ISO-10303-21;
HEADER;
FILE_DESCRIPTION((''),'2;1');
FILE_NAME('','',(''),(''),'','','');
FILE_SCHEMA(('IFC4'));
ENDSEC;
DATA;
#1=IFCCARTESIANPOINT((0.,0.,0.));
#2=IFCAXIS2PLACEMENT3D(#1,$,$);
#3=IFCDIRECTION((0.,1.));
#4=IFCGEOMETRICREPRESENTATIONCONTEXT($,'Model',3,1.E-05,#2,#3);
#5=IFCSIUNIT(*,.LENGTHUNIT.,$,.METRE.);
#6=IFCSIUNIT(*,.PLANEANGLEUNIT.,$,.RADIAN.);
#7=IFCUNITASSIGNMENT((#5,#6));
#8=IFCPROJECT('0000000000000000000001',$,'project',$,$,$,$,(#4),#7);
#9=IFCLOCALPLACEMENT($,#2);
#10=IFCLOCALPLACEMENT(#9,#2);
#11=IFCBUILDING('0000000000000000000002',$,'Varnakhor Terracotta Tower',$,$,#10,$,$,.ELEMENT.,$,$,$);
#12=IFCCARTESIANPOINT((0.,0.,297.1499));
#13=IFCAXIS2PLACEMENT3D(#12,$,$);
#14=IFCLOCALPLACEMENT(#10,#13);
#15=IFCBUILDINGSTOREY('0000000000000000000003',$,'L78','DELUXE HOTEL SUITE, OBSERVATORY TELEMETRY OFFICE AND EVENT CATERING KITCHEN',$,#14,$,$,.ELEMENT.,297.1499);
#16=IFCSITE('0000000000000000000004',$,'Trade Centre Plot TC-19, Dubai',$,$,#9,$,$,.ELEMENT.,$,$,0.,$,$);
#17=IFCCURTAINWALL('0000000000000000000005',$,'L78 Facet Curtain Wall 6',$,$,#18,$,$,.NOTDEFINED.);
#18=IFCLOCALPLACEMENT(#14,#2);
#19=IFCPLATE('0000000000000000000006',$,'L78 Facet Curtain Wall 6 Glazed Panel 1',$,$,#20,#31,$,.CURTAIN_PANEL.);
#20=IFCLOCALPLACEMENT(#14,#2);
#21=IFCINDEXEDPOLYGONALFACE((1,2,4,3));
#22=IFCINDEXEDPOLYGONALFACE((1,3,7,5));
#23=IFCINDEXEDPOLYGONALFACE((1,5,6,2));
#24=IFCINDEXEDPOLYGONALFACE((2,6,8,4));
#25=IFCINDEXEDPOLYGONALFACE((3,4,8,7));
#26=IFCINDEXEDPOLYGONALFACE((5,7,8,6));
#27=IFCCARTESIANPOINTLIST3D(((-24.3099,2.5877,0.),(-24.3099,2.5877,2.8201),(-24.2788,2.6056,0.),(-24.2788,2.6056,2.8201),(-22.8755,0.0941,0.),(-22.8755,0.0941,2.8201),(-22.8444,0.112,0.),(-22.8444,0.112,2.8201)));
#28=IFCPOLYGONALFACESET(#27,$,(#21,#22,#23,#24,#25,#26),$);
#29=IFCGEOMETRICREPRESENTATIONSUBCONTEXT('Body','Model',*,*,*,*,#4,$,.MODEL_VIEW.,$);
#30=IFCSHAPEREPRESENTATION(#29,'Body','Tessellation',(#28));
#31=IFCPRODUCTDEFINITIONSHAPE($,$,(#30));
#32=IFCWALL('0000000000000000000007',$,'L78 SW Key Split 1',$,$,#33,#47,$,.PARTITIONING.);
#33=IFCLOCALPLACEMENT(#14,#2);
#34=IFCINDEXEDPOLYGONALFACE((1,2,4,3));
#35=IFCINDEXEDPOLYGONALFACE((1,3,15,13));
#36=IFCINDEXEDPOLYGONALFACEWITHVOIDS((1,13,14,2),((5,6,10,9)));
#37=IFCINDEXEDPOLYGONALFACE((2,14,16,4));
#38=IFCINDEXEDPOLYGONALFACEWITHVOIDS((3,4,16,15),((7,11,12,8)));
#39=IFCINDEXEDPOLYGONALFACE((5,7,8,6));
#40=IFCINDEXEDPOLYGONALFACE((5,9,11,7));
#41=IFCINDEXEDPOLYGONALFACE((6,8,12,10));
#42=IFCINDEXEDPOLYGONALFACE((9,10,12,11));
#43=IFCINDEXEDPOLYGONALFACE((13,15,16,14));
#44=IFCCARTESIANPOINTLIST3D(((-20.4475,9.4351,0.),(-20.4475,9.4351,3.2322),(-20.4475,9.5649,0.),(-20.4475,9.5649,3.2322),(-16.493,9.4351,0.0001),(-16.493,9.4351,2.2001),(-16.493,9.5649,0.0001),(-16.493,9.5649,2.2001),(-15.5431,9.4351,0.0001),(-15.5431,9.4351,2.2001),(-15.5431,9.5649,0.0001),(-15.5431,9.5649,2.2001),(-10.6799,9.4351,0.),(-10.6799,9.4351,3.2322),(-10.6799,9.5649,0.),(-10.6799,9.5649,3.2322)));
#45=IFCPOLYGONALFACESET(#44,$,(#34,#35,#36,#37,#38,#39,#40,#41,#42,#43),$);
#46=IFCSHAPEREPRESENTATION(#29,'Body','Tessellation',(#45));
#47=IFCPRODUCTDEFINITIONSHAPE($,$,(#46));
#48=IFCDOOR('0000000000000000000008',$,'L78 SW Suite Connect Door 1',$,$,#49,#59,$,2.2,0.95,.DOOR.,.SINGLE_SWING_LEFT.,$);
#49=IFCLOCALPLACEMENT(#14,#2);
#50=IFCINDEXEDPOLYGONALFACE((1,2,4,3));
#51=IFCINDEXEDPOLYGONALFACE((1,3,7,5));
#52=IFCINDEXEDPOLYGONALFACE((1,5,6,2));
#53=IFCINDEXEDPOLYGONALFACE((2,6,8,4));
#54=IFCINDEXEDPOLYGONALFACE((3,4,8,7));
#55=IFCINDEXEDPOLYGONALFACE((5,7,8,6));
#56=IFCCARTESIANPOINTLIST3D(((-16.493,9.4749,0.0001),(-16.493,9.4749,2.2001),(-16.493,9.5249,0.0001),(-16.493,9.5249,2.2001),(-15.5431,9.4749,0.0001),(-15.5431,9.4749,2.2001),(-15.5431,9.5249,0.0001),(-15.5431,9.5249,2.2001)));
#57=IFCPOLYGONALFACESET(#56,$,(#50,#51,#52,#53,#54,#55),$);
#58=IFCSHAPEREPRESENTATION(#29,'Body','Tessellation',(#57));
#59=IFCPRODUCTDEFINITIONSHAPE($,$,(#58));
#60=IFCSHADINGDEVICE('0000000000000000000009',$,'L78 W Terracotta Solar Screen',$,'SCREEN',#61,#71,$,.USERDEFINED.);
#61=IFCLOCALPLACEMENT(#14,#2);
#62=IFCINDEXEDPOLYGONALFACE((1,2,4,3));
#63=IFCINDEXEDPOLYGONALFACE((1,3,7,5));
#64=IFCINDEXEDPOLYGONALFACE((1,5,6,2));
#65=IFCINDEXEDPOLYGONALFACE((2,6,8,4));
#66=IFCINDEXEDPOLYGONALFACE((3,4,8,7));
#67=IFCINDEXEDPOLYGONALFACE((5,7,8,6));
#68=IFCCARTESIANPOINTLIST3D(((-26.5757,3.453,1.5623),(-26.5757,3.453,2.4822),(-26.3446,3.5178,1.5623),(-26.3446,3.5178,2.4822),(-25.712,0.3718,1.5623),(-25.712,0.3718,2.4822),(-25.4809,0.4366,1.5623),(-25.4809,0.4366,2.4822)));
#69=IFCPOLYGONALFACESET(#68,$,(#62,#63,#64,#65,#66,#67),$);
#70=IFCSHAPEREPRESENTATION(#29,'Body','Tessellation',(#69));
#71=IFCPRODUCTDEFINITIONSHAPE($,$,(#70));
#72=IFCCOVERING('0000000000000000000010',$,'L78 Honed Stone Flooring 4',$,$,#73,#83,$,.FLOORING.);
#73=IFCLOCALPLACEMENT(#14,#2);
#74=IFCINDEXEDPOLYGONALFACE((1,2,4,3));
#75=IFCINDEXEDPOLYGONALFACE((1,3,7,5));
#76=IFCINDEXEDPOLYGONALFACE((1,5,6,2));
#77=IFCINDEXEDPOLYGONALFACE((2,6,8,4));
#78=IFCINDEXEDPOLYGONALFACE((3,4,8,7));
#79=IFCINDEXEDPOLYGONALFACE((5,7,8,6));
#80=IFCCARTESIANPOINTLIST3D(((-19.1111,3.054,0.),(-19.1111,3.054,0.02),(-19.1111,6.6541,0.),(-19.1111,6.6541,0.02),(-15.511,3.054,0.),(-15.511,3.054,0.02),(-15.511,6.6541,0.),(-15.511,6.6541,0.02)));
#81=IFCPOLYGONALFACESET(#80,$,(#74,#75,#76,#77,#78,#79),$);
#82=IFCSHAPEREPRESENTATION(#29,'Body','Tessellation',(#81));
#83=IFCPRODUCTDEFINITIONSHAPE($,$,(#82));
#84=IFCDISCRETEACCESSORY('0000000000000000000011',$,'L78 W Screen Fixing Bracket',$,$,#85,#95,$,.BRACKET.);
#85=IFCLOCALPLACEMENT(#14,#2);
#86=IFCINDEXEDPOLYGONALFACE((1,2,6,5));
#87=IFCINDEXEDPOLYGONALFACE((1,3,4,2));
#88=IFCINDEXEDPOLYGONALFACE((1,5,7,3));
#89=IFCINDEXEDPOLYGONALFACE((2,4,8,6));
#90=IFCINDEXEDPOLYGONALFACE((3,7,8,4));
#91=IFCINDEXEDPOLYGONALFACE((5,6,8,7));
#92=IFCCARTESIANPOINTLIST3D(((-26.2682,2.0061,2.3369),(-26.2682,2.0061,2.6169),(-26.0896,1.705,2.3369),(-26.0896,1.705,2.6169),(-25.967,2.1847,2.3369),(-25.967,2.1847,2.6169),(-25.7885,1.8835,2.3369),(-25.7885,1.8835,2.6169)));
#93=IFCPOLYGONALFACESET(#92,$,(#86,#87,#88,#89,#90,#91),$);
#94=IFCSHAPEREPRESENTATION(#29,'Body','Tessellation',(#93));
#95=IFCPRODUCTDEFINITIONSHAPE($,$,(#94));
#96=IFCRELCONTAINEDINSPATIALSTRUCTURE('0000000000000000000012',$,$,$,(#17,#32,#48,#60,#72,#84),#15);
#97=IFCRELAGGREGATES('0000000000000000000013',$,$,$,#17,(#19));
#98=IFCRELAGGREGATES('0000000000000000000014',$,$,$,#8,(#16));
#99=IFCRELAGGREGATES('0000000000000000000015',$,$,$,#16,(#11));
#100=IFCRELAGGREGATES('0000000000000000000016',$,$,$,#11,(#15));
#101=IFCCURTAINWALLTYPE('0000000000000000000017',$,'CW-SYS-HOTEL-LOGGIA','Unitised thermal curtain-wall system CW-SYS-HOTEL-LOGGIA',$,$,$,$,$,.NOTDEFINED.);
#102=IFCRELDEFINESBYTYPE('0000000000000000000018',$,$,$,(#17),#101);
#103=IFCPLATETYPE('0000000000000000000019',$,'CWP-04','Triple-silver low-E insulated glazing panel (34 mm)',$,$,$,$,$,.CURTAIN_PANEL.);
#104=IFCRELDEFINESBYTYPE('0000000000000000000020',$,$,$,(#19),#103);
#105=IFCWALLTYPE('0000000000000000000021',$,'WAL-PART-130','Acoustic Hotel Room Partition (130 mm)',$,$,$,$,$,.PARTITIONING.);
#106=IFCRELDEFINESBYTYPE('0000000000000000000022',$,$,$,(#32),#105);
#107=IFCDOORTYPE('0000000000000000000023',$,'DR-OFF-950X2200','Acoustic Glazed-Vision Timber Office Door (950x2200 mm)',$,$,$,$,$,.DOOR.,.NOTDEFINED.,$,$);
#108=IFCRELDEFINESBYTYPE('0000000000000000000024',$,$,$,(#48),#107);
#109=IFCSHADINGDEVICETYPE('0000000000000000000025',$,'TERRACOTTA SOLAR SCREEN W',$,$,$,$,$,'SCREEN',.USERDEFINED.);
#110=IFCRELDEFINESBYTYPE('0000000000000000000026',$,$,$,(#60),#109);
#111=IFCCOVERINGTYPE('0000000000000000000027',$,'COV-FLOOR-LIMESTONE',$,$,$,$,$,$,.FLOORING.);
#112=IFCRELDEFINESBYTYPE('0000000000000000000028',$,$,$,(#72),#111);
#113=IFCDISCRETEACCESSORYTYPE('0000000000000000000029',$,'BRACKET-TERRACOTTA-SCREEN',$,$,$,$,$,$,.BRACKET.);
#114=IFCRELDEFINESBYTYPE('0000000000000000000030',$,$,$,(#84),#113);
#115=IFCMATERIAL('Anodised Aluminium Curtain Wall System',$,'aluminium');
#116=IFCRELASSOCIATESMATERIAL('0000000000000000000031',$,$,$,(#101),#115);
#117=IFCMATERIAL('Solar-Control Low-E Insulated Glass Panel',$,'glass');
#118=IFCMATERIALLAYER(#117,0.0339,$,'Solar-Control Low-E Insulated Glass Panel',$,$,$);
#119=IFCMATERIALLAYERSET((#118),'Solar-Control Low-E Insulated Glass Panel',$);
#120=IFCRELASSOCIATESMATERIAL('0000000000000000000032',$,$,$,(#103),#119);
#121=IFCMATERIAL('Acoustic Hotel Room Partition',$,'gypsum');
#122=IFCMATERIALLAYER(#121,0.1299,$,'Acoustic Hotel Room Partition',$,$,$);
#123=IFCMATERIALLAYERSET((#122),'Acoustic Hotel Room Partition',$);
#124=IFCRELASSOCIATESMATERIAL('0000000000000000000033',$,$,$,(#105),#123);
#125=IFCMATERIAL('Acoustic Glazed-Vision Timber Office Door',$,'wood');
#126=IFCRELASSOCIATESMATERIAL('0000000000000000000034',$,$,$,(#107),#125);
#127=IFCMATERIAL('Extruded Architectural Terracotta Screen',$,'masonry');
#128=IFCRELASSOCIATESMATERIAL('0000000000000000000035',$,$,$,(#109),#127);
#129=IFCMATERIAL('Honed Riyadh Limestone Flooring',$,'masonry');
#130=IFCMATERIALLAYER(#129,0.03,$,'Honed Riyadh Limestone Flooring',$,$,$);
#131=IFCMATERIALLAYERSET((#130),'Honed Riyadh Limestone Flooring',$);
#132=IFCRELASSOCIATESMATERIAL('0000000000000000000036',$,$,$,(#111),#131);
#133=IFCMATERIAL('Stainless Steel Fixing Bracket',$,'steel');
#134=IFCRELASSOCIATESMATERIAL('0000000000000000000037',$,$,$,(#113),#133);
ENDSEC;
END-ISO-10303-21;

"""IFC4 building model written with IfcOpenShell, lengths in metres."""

from ifc_helpers import new_model, si_unit, direction, frame, frame_2d, origin, origin_2d, place, context, subcontext, project, spatial, rectangle, extrude, source, transform, mapped, material, layer, layer_set, type_object, type_shapes, element, fill, aggregate, save


model = new_model("IFC4")

# Units and contexts
model_context = context("Model", 3, precision=1e-05, world=origin(), true_north=direction((0.0, 1.0)))
body_context = subcontext(model_context, "Body", "Model", "MODEL_VIEW")
ifc_project = project(units=[si_unit("LENGTHUNIT", "METRE"), si_unit("PLANEANGLEUNIT", "RADIAN")], contexts=[model_context])

# Site, building, storey
site_placement = place(None, origin())
site = spatial("IfcSite", under=ifc_project, at=site_placement, Name="Trade Centre Plot TC-19, Dubai", CompositionType="ELEMENT", RefElevation=0.0)
building_placement = place(site_placement, origin())
building = spatial("IfcBuilding", under=site, at=building_placement, Name="Varnakhor Terracotta Tower", CompositionType="ELEMENT")
storey_placement = place(building_placement, frame((0.0, 0.0, 297.1499)))
storey = spatial("IfcBuildingStorey", under=building, at=storey_placement, Name="L78", Description="DELUXE HOTEL SUITE, OBSERVATORY TELEMETRY OFFICE AND EVENT CATERING KITCHEN", CompositionType="ELEMENT", Elevation=297.1499)

# Shared definitions
ifc_material_1 = material(Name="Anodised Aluminium Curtain Wall System", Category="aluminium")
curtain_wall_type = type_object("IfcCurtainWallType", Name="CW-SYS-HOTEL-LOGGIA", Description="Unitised thermal curtain-wall system CW-SYS-HOTEL-LOGGIA", PredefinedType="NOTDEFINED", material=ifc_material_1)

# Curtain wall
curtain_wall_1_placement = place(storey_placement, origin())
curtain_wall_1 = element("IfcCurtainWall", 1, at=curtain_wall_1_placement, inside=storey, type_object=curtain_wall_type, Name="L78 Facet Curtain Wall 6", PredefinedType="NOTDEFINED")

# Plate
ifc_material_2 = material(Name="Solar-Control Low-E Insulated Glass Panel", Category="glass")
ifc_layer_1 = layer(ifc_material_2, 0.0339, Name="Solar-Control Low-E Insulated Glass Panel")
ifc_layer_set_1 = layer_set([ifc_layer_1], Name="Solar-Control Low-E Insulated Glass Panel")
plate_type = type_object("IfcPlateType", Name="CWP-04", Description="Triple-silver low-E insulated glazing panel (34 mm)", PredefinedType="CURTAIN_PANEL", material=ifc_layer_set_1)
shared_shape_1 = source(origin(), body_context, "Body", "SweptSolid", [
    extrude(rectangle(XDim=2.8767, YDim=0.0359, at=origin_2d()), origin(), (0.0, 0.0, 1.0), 2.8201),
])
plate_1_placement = place(storey_placement, frame((-23.5771, 1.3499, 0.0), z_axis=(0.0, 0.0, 1.0), x_axis=(-0.498609, 0.866827, 0.0)))
plate_1 = element("IfcPlate", 2, at=plate_1_placement, type_object=plate_type, Name="L78 Facet Curtain Wall 6 Glazed Panel 1", PredefinedType="CURTAIN_PANEL", context=body_context, shape_type="MappedRepresentation", body=[
    mapped(shared_shape_1, transform((0.0, 0.0, 0.0), scale=1.0)),
])
aggregate(curtain_wall_1, [plate_1])

# Wall, opening, door
ifc_material_3 = material(Name="Acoustic Hotel Room Partition", Category="gypsum")
ifc_layer_2 = layer(ifc_material_3, 0.1299, Name="Acoustic Hotel Room Partition")
ifc_layer_set_2 = layer_set([ifc_layer_2], Name="Acoustic Hotel Room Partition")
wall_type = type_object("IfcWallType", Name="WAL-PART-130", Description="Acoustic Hotel Room Partition (130 mm)", PredefinedType="PARTITIONING", material=ifc_layer_set_2)
wall_placement = place(storey_placement, frame((-20.4475, 9.5, 0.0), z_axis=(0.0, 0.0, 1.0), x_axis=(1.0, 0.0, 0.0)))
wall = element("IfcWall", 3, at=wall_placement, inside=storey, type_object=wall_type, Name="L78 SW Key Split 1", PredefinedType="PARTITIONING", context=body_context, shape_type="SweptSolid", body=[
    extrude(rectangle(XDim=9.7676, YDim=0.1299, at=frame_2d((4.8838, 0.0))), origin(), (0.0, 0.0, 1.0), 3.2322),
])
opening_placement = place(wall_placement, frame((3.9543, 0.0, 0.0)))
opening = element("IfcOpeningElement", 4, at=opening_placement, cuts=wall, PredefinedType="OPENING", context=body_context, shape_type="SweptSolid", body=[
    extrude(rectangle(XDim=0.95, YDim=2.2, at=frame_2d((0.4751, 1.1001))), frame((0.0, 0.075, 0.0), z_axis=(0.0, -1.0, 0.0), x_axis=(1.0, 0.0, 0.0)), (0.0, 0.0, 1.0), 0.1499),
])
ifc_material_4 = material(Name="Acoustic Glazed-Vision Timber Office Door", Category="wood")
door_type = type_object("IfcDoorType", Name="DR-OFF-950X2200", Description="Acoustic Glazed-Vision Timber Office Door (950x2200 mm)", OperationType="NOTDEFINED", PredefinedType="DOOR", material=ifc_material_4)
shared_shape_2 = source(origin(), body_context, "Body", "SweptSolid", [
    extrude(rectangle(XDim=0.95, YDim=2.2, at=frame_2d((0.4751, 1.1001))), frame((0.0, 0.0249, 0.0), z_axis=(0.0, -1.0, 0.0), x_axis=(1.0, 0.0, 0.0)), (0.0, 0.0, 1.0), 0.05),
])
type_shapes(door_type, [shared_shape_2])
door_placement = place(opening_placement, origin())
door = element("IfcDoor", 5, at=door_placement, inside=storey, type_object=door_type, Name="L78 SW Suite Connect Door 1", OperationType="SINGLE_SWING_LEFT", OverallHeight=2.2, OverallWidth=0.95, PredefinedType="DOOR", context=body_context, shape_type="MappedRepresentation", body=[
    mapped(shared_shape_2, transform((0.0, 0.0, 0.0), scale=1.0)),
])
fill(opening, door)

# Shading device
ifc_material_5 = material(Name="Extruded Architectural Terracotta Screen", Category="masonry")
shading_device_type = type_object("IfcShadingDeviceType", Name="TERRACOTTA SOLAR SCREEN W", ElementType="SCREEN", PredefinedType="USERDEFINED", material=ifc_material_5)
shared_shape_3 = source(origin(), body_context, "Body", "SweptSolid", [
    extrude(rectangle(XDim=3.2, YDim=0.24, at=origin_2d()), origin(), (0.0, 0.0, 1.0), 0.9199),
])
type_shapes(shading_device_type, [shared_shape_3])
shading_device_placement = place(storey_placement, frame((-26.0283, 1.9448, 1.5623), z_axis=(0.0, 0.0, 1.0), x_axis=(0.269911, -0.962885, 0.0)))
element("IfcShadingDevice", 6, at=shading_device_placement, inside=storey, type_object=shading_device_type, Name="L78 W Terracotta Solar Screen", ObjectType="SCREEN", PredefinedType="USERDEFINED", context=body_context, shape_type="MappedRepresentation", body=[
    mapped(shared_shape_3, transform((0.0, 0.0, 0.0), scale=1.0)),
])

# Covering
ifc_material_6 = material(Name="Honed Riyadh Limestone Flooring", Category="masonry")
ifc_layer_3 = layer(ifc_material_6, 0.03, Name="Honed Riyadh Limestone Flooring")
ifc_layer_set_3 = layer_set([ifc_layer_3], Name="Honed Riyadh Limestone Flooring")
covering_type = type_object("IfcCoveringType", Name="COV-FLOOR-LIMESTONE", PredefinedType="FLOORING", material=ifc_layer_set_3)
shared_shape_4 = source(origin(), body_context, "Body", "SweptSolid", [
    extrude(rectangle(XDim=3.6001, YDim=3.6001, at=origin_2d()), origin(), (0.0, 0.0, 1.0), 0.02),
])
covering_placement = place(storey_placement, frame((-17.311, 4.854, 0.0), z_axis=(0.0, 0.0, 1.0), x_axis=(1.0, 0.0, 0.0)))
element("IfcCovering", 7, at=covering_placement, inside=storey, type_object=covering_type, Name="L78 Honed Stone Flooring 4", PredefinedType="FLOORING", context=body_context, shape_type="MappedRepresentation", body=[
    mapped(shared_shape_4, transform((0.0, 0.0, 0.0), scale=1.0)),
])

# Discrete accessory
ifc_material_7 = material(Name="Stainless Steel Fixing Bracket", Category="steel")
discrete_accessory_type = type_object("IfcDiscreteAccessoryType", Name="BRACKET-TERRACOTTA-SCREEN", PredefinedType="BRACKET", material=ifc_material_7)
shared_shape_5 = source(origin(), body_context, "Body", "SweptSolid", [
    extrude(rectangle(XDim=0.3501, YDim=0.3501, at=origin_2d()), origin(), (0.0, 0.0, 1.0), 0.28),
])
type_shapes(discrete_accessory_type, [shared_shape_5])
discrete_accessory_placement = place(storey_placement, frame((-26.0283, 1.9448, 2.3369), z_axis=(0.0, 0.0, 1.0), x_axis=(0.509927, -0.860217, 0.0)))
element("IfcDiscreteAccessory", 8, at=discrete_accessory_placement, inside=storey, type_object=discrete_accessory_type, Name="L78 W Screen Fixing Bracket", PredefinedType="BRACKET", context=body_context, shape_type="MappedRepresentation", body=[
    mapped(shared_shape_5, transform((0.0, 0.0, 0.0), scale=1.0)),
])

save(model, "model.ifc")
